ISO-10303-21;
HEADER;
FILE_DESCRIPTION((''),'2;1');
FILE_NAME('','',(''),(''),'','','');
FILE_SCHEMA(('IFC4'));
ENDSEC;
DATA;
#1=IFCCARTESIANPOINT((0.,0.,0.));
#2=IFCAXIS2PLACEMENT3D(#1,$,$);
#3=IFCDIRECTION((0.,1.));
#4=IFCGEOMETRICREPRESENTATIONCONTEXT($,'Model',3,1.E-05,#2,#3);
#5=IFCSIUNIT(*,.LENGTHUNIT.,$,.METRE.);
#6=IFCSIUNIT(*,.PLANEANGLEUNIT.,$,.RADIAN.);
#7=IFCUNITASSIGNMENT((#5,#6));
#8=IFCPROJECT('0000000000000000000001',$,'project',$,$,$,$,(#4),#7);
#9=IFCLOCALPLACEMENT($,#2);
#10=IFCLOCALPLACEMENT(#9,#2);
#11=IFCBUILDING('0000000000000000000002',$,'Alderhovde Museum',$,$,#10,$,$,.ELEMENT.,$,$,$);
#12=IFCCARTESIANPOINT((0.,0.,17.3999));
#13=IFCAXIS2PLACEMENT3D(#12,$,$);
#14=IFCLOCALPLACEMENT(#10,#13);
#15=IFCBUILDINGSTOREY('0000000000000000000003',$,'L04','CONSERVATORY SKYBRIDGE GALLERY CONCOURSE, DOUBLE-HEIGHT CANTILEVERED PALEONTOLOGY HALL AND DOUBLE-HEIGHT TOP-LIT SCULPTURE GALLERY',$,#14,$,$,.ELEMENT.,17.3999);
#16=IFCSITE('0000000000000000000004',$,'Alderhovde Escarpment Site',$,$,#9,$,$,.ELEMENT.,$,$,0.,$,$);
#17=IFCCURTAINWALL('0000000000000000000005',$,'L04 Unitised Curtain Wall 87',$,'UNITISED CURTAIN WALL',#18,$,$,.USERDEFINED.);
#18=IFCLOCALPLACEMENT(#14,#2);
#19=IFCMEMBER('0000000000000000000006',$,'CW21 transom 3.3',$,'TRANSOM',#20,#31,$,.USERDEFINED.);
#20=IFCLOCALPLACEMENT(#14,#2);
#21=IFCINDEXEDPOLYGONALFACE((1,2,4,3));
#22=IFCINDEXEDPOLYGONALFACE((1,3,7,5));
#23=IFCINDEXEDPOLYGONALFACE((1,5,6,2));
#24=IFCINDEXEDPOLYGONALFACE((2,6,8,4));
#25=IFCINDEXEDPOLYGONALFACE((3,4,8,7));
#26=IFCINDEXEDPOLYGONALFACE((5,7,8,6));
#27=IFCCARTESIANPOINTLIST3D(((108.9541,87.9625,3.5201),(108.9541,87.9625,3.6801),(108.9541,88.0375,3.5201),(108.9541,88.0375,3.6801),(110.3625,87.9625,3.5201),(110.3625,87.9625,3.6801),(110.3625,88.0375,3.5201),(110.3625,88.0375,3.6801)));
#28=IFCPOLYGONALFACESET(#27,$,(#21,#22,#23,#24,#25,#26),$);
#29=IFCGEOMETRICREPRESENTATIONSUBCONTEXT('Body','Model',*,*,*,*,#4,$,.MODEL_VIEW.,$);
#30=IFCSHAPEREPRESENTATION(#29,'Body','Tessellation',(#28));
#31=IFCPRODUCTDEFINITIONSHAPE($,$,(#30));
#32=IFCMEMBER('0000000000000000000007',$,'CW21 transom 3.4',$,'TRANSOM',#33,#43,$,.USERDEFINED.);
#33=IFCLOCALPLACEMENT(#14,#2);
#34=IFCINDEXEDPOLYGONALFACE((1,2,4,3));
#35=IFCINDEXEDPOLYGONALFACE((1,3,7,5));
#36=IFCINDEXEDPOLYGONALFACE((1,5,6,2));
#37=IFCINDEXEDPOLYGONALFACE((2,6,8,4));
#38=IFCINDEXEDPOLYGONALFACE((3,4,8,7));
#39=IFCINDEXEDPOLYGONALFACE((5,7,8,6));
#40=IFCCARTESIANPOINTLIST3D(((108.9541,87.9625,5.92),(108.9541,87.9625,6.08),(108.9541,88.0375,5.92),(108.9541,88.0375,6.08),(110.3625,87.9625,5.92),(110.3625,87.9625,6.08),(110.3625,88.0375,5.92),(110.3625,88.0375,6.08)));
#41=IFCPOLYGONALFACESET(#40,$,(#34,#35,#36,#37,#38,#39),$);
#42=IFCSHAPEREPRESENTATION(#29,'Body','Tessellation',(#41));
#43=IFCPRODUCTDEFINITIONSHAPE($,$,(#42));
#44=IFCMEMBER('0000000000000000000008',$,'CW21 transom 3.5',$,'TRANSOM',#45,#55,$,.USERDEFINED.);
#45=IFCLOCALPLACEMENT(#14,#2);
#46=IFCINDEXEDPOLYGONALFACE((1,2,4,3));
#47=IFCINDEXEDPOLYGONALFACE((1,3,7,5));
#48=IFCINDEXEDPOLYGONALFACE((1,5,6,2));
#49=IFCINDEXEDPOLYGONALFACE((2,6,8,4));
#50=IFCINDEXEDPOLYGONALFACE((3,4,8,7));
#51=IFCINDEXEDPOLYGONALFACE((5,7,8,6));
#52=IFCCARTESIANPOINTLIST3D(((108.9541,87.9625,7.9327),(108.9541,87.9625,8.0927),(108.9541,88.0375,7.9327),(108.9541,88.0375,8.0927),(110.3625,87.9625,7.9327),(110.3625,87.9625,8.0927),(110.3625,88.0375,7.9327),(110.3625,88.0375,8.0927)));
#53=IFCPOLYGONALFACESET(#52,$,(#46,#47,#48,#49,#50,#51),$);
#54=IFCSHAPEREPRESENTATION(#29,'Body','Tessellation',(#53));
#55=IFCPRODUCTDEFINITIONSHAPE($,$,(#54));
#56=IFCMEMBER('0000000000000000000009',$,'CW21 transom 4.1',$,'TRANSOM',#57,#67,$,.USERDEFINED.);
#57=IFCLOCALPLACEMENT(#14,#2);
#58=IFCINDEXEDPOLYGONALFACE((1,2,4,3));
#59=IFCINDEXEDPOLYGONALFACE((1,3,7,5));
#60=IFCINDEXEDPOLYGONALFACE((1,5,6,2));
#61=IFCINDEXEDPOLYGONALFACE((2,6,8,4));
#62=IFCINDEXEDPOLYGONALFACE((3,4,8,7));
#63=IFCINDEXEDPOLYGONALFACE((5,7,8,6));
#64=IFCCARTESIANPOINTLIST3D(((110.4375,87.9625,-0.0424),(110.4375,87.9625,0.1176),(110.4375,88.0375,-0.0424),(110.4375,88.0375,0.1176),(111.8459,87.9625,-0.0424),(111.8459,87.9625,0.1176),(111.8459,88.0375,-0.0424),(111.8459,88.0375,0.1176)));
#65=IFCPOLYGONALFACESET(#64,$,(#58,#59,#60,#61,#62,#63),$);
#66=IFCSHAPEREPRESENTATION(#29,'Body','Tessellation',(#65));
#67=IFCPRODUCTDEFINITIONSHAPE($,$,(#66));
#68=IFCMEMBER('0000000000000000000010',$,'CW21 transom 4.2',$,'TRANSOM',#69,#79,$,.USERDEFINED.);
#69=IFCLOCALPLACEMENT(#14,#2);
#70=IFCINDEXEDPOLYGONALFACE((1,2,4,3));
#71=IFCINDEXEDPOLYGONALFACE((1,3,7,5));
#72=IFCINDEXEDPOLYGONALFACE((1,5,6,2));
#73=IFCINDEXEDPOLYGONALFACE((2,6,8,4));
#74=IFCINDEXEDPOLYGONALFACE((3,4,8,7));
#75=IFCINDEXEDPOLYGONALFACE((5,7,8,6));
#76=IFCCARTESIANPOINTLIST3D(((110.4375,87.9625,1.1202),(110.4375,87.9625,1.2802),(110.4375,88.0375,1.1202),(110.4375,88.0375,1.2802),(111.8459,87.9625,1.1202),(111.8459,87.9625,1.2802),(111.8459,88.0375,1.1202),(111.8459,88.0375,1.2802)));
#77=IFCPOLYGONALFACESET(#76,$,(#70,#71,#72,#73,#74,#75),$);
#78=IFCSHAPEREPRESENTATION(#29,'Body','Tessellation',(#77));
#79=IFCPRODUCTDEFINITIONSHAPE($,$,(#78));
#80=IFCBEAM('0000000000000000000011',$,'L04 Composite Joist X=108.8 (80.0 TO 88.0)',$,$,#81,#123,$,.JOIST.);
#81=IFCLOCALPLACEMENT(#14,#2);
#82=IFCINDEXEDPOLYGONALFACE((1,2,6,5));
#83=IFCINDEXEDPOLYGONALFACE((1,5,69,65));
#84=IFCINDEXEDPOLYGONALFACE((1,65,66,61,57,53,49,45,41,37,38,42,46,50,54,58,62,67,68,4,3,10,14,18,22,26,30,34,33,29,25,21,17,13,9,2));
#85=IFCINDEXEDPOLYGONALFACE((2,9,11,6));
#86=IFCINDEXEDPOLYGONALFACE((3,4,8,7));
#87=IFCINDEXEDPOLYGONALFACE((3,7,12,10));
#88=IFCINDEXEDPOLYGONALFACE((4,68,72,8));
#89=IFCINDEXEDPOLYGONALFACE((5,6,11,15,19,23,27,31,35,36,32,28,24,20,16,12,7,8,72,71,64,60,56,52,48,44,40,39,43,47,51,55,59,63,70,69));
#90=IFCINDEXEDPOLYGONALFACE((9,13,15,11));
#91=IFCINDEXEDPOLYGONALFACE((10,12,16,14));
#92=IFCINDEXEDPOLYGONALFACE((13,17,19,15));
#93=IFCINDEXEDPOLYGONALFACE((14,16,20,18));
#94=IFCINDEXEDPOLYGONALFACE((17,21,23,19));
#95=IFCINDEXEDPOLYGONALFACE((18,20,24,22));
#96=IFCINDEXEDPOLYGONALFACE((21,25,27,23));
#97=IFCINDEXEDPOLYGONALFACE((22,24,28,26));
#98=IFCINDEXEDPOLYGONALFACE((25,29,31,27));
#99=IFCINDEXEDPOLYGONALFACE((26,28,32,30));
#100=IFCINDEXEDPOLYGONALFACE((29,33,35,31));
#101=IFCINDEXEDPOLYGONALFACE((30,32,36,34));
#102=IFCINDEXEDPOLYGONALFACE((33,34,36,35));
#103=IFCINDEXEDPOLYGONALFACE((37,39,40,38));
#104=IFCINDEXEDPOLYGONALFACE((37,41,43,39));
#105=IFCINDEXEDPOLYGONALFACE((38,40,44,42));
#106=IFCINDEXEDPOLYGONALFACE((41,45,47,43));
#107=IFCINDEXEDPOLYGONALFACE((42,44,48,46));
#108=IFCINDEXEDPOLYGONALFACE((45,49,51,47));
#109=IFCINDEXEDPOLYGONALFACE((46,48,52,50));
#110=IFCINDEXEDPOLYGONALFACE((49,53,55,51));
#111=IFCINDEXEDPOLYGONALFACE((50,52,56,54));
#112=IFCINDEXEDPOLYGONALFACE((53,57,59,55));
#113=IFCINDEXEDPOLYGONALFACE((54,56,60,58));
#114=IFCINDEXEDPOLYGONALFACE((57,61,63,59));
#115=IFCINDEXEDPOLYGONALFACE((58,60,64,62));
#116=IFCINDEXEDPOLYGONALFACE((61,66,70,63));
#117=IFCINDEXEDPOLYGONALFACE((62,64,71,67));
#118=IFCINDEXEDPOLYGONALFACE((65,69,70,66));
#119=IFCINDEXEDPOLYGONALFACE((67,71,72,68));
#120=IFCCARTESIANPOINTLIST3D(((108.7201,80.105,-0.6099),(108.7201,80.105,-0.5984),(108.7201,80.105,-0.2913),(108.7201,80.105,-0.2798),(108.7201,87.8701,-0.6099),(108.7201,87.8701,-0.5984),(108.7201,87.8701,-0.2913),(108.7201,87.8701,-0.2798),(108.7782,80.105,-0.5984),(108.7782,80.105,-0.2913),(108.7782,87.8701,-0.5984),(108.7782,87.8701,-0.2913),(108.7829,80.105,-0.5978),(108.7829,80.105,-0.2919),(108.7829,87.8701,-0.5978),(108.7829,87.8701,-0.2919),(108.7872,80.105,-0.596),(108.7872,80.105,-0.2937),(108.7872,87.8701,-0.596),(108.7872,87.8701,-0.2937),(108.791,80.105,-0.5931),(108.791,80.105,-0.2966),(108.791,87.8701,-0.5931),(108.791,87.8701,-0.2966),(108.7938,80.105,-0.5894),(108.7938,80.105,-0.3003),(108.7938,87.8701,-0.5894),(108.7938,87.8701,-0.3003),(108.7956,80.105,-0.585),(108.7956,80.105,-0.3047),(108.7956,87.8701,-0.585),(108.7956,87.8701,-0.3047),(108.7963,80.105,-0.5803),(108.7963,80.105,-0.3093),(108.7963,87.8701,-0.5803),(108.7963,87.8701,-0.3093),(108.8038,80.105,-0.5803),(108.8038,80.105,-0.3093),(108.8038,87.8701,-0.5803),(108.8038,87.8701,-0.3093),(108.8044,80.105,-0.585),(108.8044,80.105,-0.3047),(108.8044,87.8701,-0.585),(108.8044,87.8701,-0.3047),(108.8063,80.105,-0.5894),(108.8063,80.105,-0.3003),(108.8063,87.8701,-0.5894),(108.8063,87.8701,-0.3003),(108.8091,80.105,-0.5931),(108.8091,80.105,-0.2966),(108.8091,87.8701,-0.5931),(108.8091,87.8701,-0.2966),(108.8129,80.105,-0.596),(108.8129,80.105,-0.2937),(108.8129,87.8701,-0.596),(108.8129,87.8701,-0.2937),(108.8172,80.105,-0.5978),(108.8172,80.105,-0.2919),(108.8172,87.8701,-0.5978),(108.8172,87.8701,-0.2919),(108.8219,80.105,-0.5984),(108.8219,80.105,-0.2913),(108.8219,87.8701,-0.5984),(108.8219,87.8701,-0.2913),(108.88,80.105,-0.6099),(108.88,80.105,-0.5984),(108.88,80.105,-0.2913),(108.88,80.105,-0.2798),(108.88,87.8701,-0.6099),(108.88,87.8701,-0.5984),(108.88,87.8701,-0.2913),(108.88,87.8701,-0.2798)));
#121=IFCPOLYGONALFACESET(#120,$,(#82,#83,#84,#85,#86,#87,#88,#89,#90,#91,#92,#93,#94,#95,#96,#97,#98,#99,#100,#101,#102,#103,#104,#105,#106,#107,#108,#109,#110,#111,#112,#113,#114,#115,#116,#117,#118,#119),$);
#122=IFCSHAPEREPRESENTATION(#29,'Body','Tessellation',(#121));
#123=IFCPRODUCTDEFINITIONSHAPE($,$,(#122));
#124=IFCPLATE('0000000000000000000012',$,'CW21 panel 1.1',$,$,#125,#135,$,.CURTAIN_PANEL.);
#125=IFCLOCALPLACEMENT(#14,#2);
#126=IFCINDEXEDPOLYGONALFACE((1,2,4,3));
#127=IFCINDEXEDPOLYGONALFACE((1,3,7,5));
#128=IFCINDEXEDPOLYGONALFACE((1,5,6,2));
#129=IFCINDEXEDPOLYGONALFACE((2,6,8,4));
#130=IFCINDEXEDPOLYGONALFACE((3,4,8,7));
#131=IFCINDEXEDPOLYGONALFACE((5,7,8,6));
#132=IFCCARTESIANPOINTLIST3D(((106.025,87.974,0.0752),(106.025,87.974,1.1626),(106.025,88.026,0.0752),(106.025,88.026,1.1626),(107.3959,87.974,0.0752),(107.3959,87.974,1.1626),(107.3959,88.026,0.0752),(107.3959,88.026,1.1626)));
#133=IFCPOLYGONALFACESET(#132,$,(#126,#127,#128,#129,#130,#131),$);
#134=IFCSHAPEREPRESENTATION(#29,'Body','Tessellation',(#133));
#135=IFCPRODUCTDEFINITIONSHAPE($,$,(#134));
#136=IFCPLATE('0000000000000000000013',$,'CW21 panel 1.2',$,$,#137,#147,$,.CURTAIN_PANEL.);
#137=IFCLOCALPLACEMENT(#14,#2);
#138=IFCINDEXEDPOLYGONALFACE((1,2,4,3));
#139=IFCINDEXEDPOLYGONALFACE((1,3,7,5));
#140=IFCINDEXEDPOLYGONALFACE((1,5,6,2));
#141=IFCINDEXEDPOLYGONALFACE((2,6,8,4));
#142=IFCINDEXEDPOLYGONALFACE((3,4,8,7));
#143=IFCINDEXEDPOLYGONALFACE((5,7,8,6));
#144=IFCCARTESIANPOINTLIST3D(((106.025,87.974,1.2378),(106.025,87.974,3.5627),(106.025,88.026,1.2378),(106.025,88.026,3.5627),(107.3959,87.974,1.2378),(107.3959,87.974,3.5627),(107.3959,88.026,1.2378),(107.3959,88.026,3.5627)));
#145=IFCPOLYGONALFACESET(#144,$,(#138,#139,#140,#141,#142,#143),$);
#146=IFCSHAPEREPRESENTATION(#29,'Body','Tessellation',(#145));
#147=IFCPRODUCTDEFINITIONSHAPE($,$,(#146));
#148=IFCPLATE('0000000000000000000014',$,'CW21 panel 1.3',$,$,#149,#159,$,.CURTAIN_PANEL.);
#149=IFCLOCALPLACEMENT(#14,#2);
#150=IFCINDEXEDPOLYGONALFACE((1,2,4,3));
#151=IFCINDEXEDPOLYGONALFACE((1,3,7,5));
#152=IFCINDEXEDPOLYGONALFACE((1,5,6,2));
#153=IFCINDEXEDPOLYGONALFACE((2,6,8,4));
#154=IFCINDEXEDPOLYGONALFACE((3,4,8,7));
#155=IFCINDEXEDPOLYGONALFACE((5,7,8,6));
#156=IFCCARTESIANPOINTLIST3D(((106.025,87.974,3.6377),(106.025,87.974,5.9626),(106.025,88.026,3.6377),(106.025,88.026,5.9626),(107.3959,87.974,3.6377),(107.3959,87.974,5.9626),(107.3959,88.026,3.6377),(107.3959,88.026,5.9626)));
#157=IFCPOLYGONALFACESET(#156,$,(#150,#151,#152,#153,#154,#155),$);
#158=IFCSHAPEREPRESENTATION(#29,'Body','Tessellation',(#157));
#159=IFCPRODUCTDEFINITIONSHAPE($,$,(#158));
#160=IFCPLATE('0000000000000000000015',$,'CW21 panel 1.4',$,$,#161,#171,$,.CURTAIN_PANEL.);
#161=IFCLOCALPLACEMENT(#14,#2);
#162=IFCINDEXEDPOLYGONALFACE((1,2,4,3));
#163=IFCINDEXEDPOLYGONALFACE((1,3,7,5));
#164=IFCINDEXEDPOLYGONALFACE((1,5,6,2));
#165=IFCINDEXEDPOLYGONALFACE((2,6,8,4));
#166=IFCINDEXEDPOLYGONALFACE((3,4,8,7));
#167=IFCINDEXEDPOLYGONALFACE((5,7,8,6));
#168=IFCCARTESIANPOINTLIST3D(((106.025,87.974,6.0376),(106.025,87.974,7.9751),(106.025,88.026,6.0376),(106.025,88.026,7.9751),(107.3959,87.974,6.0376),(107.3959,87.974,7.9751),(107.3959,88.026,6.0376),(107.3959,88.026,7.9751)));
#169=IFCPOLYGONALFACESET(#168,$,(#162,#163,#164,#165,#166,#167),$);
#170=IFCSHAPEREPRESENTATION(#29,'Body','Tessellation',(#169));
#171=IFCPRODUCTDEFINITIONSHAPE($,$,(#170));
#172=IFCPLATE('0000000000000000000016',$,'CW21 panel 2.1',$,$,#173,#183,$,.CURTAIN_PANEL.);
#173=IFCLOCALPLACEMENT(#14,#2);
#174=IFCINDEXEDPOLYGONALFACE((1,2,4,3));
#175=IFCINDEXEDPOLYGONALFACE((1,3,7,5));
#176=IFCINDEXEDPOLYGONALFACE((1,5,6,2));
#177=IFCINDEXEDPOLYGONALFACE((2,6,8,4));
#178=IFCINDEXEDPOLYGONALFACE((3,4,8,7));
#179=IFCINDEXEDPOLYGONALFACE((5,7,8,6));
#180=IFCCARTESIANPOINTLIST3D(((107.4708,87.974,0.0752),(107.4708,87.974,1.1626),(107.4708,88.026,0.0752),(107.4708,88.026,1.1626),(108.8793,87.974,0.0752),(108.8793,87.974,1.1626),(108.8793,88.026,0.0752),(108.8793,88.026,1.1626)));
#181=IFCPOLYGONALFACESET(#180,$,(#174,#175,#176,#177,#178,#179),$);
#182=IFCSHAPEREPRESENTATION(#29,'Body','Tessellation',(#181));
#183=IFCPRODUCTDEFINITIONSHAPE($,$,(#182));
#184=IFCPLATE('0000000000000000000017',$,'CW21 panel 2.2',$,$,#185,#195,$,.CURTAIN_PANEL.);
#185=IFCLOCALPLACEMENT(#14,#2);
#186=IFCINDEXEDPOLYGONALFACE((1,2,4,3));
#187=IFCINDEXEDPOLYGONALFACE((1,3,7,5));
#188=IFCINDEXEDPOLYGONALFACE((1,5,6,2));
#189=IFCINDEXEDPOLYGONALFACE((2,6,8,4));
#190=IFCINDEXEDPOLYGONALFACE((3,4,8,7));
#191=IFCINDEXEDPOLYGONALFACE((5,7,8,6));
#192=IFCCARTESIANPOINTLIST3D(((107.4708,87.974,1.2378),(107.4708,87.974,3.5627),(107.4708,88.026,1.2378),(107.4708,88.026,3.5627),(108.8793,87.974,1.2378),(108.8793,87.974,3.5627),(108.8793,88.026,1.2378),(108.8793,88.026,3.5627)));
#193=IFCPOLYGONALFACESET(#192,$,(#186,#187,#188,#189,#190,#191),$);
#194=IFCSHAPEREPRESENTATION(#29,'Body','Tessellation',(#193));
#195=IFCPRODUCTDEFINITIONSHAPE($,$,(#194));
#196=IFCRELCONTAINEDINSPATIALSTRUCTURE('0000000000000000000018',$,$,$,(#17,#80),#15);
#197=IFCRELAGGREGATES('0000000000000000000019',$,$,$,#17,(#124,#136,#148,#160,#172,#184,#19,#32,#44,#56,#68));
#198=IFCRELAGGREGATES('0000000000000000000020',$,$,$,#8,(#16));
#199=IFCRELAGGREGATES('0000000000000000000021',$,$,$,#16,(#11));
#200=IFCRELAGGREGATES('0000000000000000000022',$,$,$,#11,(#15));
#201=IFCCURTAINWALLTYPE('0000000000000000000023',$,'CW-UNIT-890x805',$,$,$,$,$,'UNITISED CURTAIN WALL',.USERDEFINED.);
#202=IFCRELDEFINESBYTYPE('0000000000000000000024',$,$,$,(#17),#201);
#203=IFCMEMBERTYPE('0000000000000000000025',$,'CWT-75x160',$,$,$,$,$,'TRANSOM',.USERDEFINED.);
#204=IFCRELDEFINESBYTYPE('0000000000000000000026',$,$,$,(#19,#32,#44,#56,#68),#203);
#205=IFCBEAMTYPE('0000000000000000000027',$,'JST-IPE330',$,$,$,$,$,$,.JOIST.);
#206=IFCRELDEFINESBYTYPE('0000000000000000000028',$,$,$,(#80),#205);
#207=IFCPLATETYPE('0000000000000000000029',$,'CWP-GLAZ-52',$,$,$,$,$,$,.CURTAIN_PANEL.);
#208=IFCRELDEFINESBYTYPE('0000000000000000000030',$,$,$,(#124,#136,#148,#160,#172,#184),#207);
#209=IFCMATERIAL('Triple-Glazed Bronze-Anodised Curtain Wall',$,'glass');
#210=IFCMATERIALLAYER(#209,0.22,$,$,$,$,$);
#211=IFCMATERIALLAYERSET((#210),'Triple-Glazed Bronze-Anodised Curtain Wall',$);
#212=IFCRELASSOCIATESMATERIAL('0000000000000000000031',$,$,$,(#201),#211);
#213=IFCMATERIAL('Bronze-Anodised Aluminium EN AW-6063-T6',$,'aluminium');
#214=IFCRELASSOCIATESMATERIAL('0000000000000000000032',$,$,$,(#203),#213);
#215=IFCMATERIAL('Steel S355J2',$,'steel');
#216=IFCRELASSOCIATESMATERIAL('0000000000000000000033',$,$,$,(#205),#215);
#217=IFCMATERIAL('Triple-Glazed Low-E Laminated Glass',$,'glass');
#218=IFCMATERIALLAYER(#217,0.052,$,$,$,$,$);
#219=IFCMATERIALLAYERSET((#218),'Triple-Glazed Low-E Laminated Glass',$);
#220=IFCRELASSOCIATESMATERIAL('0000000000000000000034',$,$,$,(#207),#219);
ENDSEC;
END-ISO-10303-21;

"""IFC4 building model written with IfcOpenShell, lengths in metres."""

from ifc_helpers import new_model, si_unit, direction, frame, origin, origin_2d, place, context, subcontext, project, spatial, rectangle, i_section, extrude, material, layer, layer_set, material_profile, profile_set, type_object, element, aggregate, save


model = new_model("IFC4")

# Units and contexts
model_context = context("Model", 3, precision=1e-05, world=origin(), true_north=direction((0.0, 1.0)))
body_context = subcontext(model_context, "Body", "Model", "MODEL_VIEW")
ifc_project = project(units=[si_unit("LENGTHUNIT", "METRE"), si_unit("PLANEANGLEUNIT", "RADIAN")], contexts=[model_context])

# Site, building, storey
site_placement = place(None, origin())
site = spatial("IfcSite", under=ifc_project, at=site_placement, Name="Alderhovde Escarpment Site", CompositionType="ELEMENT", RefElevation=0.0)
building_placement = place(site_placement, origin())
building = spatial("IfcBuilding", under=site, at=building_placement, Name="Alderhovde Museum", CompositionType="ELEMENT")
storey_placement = place(building_placement, frame((0.0, 0.0, 17.3999)))
storey = spatial("IfcBuildingStorey", under=building, at=storey_placement, Name="L04", Description="CONSERVATORY SKYBRIDGE GALLERY CONCOURSE, DOUBLE-HEIGHT CANTILEVERED PALEONTOLOGY HALL AND DOUBLE-HEIGHT TOP-LIT SCULPTURE GALLERY", CompositionType="ELEMENT", Elevation=17.3999)

# Curtain wall, members
ifc_material_1 = material(Name="Triple-Glazed Bronze-Anodised Curtain Wall", Category="glass")
ifc_layer_1 = layer(ifc_material_1, 0.22)
ifc_layer_set_1 = layer_set([ifc_layer_1], Name="Triple-Glazed Bronze-Anodised Curtain Wall")
curtain_wall_type = type_object("IfcCurtainWallType", Name="CW-UNIT-890x805", ElementType="UNITISED CURTAIN WALL", PredefinedType="USERDEFINED", material=ifc_layer_set_1)
curtain_wall_placement = place(storey_placement, origin())
curtain_wall = element("IfcCurtainWall", 1, at=curtain_wall_placement, inside=storey, type_object=curtain_wall_type, Name="L04 Unitised Curtain Wall 87", ObjectType="UNITISED CURTAIN WALL", PredefinedType="USERDEFINED")
ifc_material_2 = material(Name="Bronze-Anodised Aluminium EN AW-6063-T6", Category="aluminium")
ifc_material_profile_1 = material_profile(ifc_material_2, rectangle(XDim=0.075, YDim=0.1599, at=origin_2d()), Name="TRANSOM 75x160")
ifc_profile_set_1 = profile_set([ifc_material_profile_1], Name="Bronze-Anodised Aluminium EN AW-6063-T6")
member_type_1 = type_object("IfcMemberType", Name="CWT-75x160", ElementType="TRANSOM", PredefinedType="USERDEFINED", material=ifc_profile_set_1)
member_1_placement = place(storey_placement, frame((108.9541, 88.0, 3.6001), z_axis=(1.0, 0.0, 0.0), x_axis=(0.0, 1.0, 0.0)))
member_1 = element("IfcMember", 2, at=member_1_placement, type_object=member_type_1, Name="CW21 transom 3.3", ObjectType="TRANSOM", PredefinedType="USERDEFINED", context=body_context, shape_type="SweptSolid", body=[
    extrude(rectangle(XDim=0.075, YDim=0.1599, at=origin_2d()), origin(), (0.0, 0.0, 1.0), 1.4084),
])
member_2_placement = place(storey_placement, frame((108.9541, 88.0, 6.0), z_axis=(1.0, 0.0, 0.0), x_axis=(0.0, 1.0, 0.0)))
member_2 = element("IfcMember", 3, at=member_2_placement, type_object=member_type_1, Name="CW21 transom 3.4", ObjectType="TRANSOM", PredefinedType="USERDEFINED", context=body_context, shape_type="SweptSolid", body=[
    extrude(rectangle(XDim=0.075, YDim=0.1599, at=origin_2d()), origin(), (0.0, 0.0, 1.0), 1.4084),
])
member_3_placement = place(storey_placement, frame((108.9541, 88.0, 8.0127), z_axis=(1.0, 0.0, 0.0), x_axis=(0.0, 1.0, 0.0)))
member_3 = element("IfcMember", 4, at=member_3_placement, type_object=member_type_1, Name="CW21 transom 3.5", ObjectType="TRANSOM", PredefinedType="USERDEFINED", context=body_context, shape_type="SweptSolid", body=[
    extrude(rectangle(XDim=0.075, YDim=0.1599, at=origin_2d()), origin(), (0.0, 0.0, 1.0), 1.4084),
])
member_4_placement = place(storey_placement, frame((110.4375, 88.0, 0.0376), z_axis=(1.0, 0.0, 0.0), x_axis=(0.0, 1.0, 0.0)))
member_4 = element("IfcMember", 5, at=member_4_placement, type_object=member_type_1, Name="CW21 transom 4.1", ObjectType="TRANSOM", PredefinedType="USERDEFINED", context=body_context, shape_type="SweptSolid", body=[
    extrude(rectangle(XDim=0.075, YDim=0.1599, at=origin_2d()), origin(), (0.0, 0.0, 1.0), 1.4084),
])
member_5_placement = place(storey_placement, frame((110.4375, 88.0, 1.2002), z_axis=(1.0, 0.0, 0.0), x_axis=(0.0, 1.0, 0.0)))
member_5 = element("IfcMember", 6, at=member_5_placement, type_object=member_type_1, Name="CW21 transom 4.2", ObjectType="TRANSOM", PredefinedType="USERDEFINED", context=body_context, shape_type="SweptSolid", body=[
    extrude(rectangle(XDim=0.075, YDim=0.1599, at=origin_2d()), origin(), (0.0, 0.0, 1.0), 1.4084),
])

# Beam
ifc_material_3 = material(Name="Steel S355J2", Category="steel")
ifc_material_profile_2 = material_profile(ifc_material_3, i_section(OverallWidth=0.1599, OverallDepth=0.3301, WebThickness=0.0076, FlangeThickness=0.0115, FilletRadius=0.0181, at=origin_2d()), Name="IPE 330")
ifc_profile_set_2 = profile_set([ifc_material_profile_2], Name="Steel S355J2")
beam_type = type_object("IfcBeamType", Name="JST-IPE330", PredefinedType="JOIST", material=ifc_profile_set_2)
beam_placement = place(storey_placement, frame((108.8, 80.105, -0.4448), z_axis=(0.0, 1.0, 0.0), x_axis=(-1.0, 0.0, 0.0)))
element("IfcBeam", 7, at=beam_placement, inside=storey, type_object=beam_type, Name="L04 Composite Joist X=108.8 (80.0 TO 88.0)", PredefinedType="JOIST", context=body_context, shape_type="SweptSolid", body=[
    extrude(i_section(OverallWidth=0.1599, OverallDepth=0.3301, WebThickness=0.0076, FlangeThickness=0.0115, FilletRadius=0.0181, at=origin_2d()), origin(), (0.0, 0.0, 1.0), 7.7651),
])

# Plates
ifc_material_4 = material(Name="Triple-Glazed Low-E Laminated Glass", Category="glass")
ifc_layer_2 = layer(ifc_material_4, 0.052)
ifc_layer_set_2 = layer_set([ifc_layer_2], Name="Triple-Glazed Low-E Laminated Glass")
plate_type = type_object("IfcPlateType", Name="CWP-GLAZ-52", PredefinedType="CURTAIN_PANEL", material=ifc_layer_set_2)
plate_1_placement = place(storey_placement, frame((106.7104, 88.0, 0.0752), z_axis=(0.0, 0.0, 1.0), x_axis=(1.0, 0.0, 0.0)))
plate_1 = element("IfcPlate", 8, at=plate_1_placement, type_object=plate_type, Name="CW21 panel 1.1", PredefinedType="CURTAIN_PANEL", context=body_context, shape_type="SweptSolid", body=[
    extrude(rectangle(XDim=1.3708, YDim=0.052, at=origin_2d()), origin(), (0.0, 0.0, 1.0), 1.0874),
])
plate_2_placement = place(storey_placement, frame((106.7104, 88.0, 1.2378), z_axis=(0.0, 0.0, 1.0), x_axis=(1.0, 0.0, 0.0)))
plate_2 = element("IfcPlate", 9, at=plate_2_placement, type_object=plate_type, Name="CW21 panel 1.2", PredefinedType="CURTAIN_PANEL", context=body_context, shape_type="SweptSolid", body=[
    extrude(rectangle(XDim=1.3708, YDim=0.052, at=origin_2d()), origin(), (0.0, 0.0, 1.0), 2.325),
])
plate_3_placement = place(storey_placement, frame((106.7104, 88.0, 3.6377), z_axis=(0.0, 0.0, 1.0), x_axis=(1.0, 0.0, 0.0)))
plate_3 = element("IfcPlate", 10, at=plate_3_placement, type_object=plate_type, Name="CW21 panel 1.3", PredefinedType="CURTAIN_PANEL", context=body_context, shape_type="SweptSolid", body=[
    extrude(rectangle(XDim=1.3708, YDim=0.052, at=origin_2d()), origin(), (0.0, 0.0, 1.0), 2.325),
])
plate_4_placement = place(storey_placement, frame((106.7104, 88.0, 6.0376), z_axis=(0.0, 0.0, 1.0), x_axis=(1.0, 0.0, 0.0)))
plate_4 = element("IfcPlate", 11, at=plate_4_placement, type_object=plate_type, Name="CW21 panel 1.4", PredefinedType="CURTAIN_PANEL", context=body_context, shape_type="SweptSolid", body=[
    extrude(rectangle(XDim=1.3708, YDim=0.052, at=origin_2d()), origin(), (0.0, 0.0, 1.0), 1.9375),
])
plate_5_placement = place(storey_placement, frame((108.175, 88.0, 0.0752), z_axis=(0.0, 0.0, 1.0), x_axis=(1.0, 0.0, 0.0)))
plate_5 = element("IfcPlate", 12, at=plate_5_placement, type_object=plate_type, Name="CW21 panel 2.1", PredefinedType="CURTAIN_PANEL", context=body_context, shape_type="SweptSolid", body=[
    extrude(rectangle(XDim=1.4084, YDim=0.052, at=origin_2d()), origin(), (0.0, 0.0, 1.0), 1.0874),
])
plate_6_placement = place(storey_placement, frame((108.175, 88.0, 1.2378), z_axis=(0.0, 0.0, 1.0), x_axis=(1.0, 0.0, 0.0)))
plate_6 = element("IfcPlate", 13, at=plate_6_placement, type_object=plate_type, Name="CW21 panel 2.2", PredefinedType="CURTAIN_PANEL", context=body_context, shape_type="SweptSolid", body=[
    extrude(rectangle(XDim=1.4084, YDim=0.052, at=origin_2d()), origin(), (0.0, 0.0, 1.0), 2.325),
])
aggregate(curtain_wall, [plate_1, plate_2, plate_3, plate_4, plate_5, plate_6, member_1, member_2, member_3, member_4, member_5])

save(model, "model.ifc")
